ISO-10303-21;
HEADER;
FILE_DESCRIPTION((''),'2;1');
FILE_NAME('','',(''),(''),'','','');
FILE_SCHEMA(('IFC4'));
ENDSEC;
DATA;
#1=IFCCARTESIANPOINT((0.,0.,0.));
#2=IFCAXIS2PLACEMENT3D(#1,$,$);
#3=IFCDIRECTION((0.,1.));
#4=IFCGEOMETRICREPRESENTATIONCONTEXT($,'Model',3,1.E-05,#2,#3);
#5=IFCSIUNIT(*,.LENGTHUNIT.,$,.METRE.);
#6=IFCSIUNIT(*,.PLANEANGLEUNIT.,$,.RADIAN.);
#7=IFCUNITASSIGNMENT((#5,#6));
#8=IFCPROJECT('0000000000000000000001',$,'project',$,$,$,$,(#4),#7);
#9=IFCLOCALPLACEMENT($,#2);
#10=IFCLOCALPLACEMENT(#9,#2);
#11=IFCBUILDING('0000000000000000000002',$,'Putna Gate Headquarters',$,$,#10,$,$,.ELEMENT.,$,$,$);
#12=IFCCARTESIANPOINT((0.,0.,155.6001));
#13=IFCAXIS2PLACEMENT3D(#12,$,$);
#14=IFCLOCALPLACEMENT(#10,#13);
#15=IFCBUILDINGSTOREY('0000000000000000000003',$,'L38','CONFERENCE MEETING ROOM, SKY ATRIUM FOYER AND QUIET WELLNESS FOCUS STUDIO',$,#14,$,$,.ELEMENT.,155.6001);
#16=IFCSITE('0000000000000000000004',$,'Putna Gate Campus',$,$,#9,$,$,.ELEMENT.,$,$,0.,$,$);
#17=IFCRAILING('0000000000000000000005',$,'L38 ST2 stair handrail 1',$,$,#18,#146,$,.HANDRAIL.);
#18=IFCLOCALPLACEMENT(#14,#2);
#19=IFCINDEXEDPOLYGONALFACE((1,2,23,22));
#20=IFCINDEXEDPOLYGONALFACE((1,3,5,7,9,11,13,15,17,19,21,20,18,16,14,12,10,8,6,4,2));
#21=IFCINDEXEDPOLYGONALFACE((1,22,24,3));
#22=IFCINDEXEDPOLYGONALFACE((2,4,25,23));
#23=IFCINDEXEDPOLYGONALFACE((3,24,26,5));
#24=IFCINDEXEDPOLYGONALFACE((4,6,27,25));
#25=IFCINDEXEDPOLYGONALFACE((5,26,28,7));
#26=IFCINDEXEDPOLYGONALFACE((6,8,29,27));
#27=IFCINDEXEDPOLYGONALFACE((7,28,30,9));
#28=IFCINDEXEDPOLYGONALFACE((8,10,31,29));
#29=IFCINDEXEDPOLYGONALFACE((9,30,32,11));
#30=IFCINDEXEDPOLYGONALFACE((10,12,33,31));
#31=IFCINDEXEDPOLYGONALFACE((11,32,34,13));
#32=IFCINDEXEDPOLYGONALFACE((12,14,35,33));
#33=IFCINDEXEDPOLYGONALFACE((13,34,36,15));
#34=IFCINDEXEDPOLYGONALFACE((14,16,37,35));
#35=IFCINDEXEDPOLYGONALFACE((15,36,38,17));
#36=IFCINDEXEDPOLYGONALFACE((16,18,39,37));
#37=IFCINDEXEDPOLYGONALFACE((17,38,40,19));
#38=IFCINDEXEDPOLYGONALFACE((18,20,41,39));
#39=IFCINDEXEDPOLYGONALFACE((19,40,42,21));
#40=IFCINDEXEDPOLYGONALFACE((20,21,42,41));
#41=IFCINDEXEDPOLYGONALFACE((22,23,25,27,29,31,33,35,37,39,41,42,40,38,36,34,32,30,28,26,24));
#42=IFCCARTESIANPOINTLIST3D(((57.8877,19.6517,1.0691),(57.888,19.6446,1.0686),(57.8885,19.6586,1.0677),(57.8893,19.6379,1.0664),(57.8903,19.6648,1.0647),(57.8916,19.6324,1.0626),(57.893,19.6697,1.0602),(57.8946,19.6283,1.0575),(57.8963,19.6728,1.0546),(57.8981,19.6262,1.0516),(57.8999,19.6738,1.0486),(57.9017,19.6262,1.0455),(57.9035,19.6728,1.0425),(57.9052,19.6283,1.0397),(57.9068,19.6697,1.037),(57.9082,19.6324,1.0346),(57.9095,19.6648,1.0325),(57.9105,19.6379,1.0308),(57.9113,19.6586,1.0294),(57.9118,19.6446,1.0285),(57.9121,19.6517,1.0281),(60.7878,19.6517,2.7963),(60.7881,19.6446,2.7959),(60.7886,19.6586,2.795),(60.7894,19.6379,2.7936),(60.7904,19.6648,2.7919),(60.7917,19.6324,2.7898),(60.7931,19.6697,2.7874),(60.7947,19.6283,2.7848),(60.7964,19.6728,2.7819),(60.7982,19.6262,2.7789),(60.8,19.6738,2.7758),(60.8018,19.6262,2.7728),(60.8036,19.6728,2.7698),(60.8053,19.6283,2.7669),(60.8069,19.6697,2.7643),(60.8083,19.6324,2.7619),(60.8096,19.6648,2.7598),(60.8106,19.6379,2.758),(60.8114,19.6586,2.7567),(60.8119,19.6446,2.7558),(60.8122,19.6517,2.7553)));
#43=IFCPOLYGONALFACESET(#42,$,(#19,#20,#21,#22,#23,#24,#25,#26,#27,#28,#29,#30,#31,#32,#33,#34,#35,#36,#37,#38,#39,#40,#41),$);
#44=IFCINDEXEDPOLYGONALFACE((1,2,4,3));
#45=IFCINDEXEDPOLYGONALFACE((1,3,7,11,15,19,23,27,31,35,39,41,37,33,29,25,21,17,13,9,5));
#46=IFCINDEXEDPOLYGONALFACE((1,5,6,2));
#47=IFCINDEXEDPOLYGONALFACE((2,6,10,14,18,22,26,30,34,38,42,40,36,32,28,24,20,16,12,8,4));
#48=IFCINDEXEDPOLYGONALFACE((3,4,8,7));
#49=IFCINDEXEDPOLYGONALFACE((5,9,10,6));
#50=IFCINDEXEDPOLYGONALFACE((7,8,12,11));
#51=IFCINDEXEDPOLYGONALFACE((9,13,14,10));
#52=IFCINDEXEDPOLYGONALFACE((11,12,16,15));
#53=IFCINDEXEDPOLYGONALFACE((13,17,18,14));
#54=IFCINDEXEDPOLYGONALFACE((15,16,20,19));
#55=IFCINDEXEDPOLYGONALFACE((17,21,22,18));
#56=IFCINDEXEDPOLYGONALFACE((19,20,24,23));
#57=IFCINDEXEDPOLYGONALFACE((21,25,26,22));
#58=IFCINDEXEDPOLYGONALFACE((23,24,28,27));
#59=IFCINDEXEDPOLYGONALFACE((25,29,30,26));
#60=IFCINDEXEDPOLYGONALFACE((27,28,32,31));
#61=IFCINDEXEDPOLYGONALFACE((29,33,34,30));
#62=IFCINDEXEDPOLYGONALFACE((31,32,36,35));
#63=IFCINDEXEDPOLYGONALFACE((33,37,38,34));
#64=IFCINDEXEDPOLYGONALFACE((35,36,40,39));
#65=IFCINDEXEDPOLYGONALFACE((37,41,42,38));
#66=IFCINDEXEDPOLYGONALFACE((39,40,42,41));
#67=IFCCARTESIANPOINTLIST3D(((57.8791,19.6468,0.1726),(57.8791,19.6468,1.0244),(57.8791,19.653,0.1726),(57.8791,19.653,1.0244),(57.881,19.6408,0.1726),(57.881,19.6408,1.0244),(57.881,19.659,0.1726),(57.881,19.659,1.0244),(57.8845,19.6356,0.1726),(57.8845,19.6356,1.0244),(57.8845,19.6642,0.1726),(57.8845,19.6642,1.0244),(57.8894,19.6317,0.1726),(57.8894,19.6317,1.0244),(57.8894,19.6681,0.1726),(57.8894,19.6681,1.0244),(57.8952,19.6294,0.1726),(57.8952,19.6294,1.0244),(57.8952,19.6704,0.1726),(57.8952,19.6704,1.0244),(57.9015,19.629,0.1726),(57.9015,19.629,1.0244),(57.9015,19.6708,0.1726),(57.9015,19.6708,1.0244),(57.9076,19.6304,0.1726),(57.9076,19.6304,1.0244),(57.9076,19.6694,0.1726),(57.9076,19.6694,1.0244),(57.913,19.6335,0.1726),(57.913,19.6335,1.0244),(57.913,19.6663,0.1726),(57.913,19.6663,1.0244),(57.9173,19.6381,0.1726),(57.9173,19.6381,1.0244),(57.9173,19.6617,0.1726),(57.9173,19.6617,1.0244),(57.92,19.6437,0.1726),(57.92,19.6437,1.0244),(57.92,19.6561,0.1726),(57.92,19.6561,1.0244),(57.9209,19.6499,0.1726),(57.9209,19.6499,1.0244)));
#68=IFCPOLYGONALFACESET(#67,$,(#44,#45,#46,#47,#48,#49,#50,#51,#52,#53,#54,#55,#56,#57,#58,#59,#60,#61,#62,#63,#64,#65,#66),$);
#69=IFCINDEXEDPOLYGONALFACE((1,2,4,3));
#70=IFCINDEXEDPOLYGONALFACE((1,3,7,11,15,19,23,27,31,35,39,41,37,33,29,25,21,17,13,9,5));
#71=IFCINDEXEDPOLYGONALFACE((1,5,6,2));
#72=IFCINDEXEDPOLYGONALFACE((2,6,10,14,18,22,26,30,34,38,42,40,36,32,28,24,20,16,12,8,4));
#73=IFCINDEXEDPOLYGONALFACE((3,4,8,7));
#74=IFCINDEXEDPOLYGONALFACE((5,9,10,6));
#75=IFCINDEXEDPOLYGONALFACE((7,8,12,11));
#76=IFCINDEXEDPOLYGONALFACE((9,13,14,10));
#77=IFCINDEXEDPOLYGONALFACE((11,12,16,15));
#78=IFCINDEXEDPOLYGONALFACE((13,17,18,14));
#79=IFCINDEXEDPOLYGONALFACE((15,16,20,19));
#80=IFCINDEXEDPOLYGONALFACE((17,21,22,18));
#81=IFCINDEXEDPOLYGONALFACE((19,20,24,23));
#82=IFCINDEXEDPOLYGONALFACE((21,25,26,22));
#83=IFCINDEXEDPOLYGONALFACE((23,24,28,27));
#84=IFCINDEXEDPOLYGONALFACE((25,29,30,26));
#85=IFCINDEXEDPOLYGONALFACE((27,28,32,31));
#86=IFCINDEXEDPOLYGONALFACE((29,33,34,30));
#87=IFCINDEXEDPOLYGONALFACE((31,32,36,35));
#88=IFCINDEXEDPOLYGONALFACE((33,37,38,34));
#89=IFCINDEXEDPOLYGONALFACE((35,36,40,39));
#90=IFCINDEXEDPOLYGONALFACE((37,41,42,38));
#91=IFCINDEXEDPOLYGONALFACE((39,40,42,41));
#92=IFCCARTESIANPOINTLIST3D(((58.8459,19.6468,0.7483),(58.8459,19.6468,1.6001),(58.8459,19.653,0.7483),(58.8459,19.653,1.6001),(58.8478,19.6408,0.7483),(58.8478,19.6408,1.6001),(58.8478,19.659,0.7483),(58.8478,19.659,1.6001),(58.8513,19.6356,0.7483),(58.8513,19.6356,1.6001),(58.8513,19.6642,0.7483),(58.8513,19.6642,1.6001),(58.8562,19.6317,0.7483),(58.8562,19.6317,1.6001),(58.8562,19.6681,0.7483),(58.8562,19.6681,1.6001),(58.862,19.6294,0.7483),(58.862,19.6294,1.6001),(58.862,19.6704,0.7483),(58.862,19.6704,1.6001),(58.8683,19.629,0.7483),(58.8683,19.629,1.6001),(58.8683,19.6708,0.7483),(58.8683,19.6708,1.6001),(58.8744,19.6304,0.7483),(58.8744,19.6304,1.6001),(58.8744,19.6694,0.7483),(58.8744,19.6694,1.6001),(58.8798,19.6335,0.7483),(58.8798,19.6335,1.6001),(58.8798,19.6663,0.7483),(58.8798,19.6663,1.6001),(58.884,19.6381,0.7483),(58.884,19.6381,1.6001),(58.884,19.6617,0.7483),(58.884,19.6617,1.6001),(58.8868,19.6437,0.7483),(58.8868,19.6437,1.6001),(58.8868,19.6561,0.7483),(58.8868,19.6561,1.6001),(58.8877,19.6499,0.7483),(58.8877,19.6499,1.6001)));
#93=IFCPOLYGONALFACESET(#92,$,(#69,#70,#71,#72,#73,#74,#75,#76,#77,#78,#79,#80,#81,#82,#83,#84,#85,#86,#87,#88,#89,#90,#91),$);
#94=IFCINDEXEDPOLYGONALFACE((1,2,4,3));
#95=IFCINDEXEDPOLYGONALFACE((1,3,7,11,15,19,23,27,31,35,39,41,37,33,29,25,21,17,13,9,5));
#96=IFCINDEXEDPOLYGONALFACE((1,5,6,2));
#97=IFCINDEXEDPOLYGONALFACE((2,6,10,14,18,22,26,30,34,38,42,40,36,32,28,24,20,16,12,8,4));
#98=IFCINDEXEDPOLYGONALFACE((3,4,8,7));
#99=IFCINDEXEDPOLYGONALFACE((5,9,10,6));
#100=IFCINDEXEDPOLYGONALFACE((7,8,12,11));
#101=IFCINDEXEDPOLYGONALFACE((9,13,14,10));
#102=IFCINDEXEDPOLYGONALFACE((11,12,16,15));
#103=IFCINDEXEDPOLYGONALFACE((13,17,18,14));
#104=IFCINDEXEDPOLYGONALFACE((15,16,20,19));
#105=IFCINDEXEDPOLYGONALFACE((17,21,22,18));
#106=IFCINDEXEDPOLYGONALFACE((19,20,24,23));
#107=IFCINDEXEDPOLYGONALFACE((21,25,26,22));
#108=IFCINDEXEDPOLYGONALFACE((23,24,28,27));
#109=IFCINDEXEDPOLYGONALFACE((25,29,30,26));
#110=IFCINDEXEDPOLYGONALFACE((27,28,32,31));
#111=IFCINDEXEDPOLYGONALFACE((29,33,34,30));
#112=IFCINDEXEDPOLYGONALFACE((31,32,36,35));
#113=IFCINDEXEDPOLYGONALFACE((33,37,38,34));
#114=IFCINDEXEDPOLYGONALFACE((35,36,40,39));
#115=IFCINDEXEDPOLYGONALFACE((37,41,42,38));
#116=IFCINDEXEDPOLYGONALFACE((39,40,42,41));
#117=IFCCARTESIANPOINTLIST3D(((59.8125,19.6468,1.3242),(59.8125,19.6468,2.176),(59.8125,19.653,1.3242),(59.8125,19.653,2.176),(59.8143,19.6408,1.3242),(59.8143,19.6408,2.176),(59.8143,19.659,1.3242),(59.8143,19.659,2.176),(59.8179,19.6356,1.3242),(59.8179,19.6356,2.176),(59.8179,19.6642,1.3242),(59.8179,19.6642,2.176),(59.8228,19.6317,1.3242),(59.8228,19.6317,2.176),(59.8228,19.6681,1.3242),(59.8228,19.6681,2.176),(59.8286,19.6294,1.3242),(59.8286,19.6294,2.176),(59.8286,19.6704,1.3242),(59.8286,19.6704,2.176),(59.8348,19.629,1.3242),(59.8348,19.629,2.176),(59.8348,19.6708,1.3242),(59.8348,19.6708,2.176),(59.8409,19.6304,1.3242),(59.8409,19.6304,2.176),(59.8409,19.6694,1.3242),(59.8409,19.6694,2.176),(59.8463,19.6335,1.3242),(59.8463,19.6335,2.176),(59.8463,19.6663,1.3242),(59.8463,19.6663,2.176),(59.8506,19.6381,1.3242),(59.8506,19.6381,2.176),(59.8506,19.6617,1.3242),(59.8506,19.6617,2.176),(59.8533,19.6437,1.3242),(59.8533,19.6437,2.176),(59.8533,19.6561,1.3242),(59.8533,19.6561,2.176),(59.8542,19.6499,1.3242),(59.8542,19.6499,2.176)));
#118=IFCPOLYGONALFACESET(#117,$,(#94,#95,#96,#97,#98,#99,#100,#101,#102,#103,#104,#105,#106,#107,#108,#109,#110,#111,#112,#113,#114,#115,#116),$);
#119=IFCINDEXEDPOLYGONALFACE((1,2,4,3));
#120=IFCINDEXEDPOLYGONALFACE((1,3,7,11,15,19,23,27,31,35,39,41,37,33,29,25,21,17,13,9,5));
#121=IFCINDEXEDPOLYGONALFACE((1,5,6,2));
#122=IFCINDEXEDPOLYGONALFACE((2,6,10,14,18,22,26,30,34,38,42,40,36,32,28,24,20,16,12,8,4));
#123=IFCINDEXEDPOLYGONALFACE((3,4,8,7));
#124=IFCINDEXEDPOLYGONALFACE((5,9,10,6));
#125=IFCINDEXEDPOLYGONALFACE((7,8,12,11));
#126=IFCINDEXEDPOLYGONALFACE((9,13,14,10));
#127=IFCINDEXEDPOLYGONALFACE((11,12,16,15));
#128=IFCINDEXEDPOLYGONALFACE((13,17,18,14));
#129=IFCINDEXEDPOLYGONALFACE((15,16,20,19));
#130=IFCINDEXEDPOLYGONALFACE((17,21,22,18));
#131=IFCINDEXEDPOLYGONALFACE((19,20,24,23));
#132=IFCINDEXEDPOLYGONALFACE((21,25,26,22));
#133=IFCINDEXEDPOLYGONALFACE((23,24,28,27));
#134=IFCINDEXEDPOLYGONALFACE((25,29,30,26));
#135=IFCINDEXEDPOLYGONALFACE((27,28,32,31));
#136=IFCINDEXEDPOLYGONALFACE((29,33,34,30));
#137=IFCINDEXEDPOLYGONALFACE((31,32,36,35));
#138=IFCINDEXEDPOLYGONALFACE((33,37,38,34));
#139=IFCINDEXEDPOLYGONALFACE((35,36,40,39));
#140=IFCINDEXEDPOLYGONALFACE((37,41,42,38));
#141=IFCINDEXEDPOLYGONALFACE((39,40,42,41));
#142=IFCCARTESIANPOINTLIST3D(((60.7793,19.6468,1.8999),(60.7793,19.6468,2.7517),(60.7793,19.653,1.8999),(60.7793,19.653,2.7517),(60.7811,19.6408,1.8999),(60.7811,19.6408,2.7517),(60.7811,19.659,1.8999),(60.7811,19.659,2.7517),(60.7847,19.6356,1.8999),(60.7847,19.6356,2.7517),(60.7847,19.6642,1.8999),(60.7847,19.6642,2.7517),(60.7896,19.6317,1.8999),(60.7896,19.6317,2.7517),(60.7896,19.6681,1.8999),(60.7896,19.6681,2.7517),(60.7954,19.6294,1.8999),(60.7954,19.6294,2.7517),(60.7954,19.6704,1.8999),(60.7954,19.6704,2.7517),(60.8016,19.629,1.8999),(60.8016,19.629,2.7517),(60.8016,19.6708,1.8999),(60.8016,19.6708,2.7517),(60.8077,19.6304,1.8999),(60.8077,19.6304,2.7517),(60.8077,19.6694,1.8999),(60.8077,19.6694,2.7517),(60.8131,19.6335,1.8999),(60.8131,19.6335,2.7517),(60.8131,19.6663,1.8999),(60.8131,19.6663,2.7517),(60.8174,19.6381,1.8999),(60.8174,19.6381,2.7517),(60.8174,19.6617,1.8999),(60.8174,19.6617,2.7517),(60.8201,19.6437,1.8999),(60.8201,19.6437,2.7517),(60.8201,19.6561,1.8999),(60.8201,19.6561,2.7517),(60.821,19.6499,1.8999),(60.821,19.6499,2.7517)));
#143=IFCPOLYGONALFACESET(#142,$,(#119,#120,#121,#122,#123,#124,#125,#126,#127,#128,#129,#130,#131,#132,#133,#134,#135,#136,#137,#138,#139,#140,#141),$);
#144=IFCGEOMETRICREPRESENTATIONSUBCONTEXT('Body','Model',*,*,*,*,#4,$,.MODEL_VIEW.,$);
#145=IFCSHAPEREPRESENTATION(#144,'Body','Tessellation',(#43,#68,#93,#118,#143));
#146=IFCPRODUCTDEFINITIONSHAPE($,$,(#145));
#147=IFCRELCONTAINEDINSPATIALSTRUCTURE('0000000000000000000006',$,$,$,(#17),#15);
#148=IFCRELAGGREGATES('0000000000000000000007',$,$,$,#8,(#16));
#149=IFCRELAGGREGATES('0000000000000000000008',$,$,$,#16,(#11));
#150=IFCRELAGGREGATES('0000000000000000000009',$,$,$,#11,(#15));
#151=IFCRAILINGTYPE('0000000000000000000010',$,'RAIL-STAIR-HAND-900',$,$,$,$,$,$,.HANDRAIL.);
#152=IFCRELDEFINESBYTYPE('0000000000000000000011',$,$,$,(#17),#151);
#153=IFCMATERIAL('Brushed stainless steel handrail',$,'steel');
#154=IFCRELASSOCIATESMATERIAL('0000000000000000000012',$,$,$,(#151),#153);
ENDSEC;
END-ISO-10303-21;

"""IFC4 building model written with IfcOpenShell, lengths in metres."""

from ifc_helpers import new_model, si_unit, direction, frame, origin, origin_2d, place, context, subcontext, project, spatial, circle, extrude, material, type_object, element, save


model = new_model("IFC4")

# Units and contexts
model_context = context("Model", 3, precision=1e-05, world=origin(), true_north=direction((0.0, 1.0)))
body_context = subcontext(model_context, "Body", "Model", "MODEL_VIEW")
ifc_project = project(units=[si_unit("LENGTHUNIT", "METRE"), si_unit("PLANEANGLEUNIT", "RADIAN")], contexts=[model_context])

# Site, building, storey
site_placement = place(None, origin())
site = spatial("IfcSite", under=ifc_project, at=site_placement, Name="Putna Gate Campus", CompositionType="ELEMENT", RefElevation=0.0)
building_placement = place(site_placement, origin())
building = spatial("IfcBuilding", under=site, at=building_placement, Name="Putna Gate Headquarters", CompositionType="ELEMENT")
storey_placement = place(building_placement, frame((0.0, 0.0, 155.6001)))
storey = spatial("IfcBuildingStorey", under=building, at=storey_placement, Name="L38", Description="CONFERENCE MEETING ROOM, SKY ATRIUM FOYER AND QUIET WELLNESS FOCUS STUDIO", CompositionType="ELEMENT", Elevation=155.6001)

# Railing
ifc_material_1 = material(Name="Brushed stainless steel handrail", Category="steel")
railing_type_1 = type_object("IfcRailingType", Name="RAIL-STAIR-HAND-900", PredefinedType="HANDRAIL", material=ifc_material_1)
railing_1_placement = place(storey_placement, frame((57.8999, 19.6499, 0.1726)))
element("IfcRailing", 1, at=railing_1_placement, inside=storey, type_object=railing_type_1, Name="L38 ST2 stair handrail 1", PredefinedType="HANDRAIL", context=body_context, shape_type="SweptSolid", body=[
    extrude(circle(Radius=0.0239, at=origin_2d()), frame((0.0, 0.0, 0.876), z_axis=(0.85916, 0.0, 0.511706), x_axis=(0.0, 1.0, 0.0)), (0.0, 0.0, 1.0), 3.3755),
    extrude(circle(Radius=0.021, at=origin_2d()), origin(), (0.0, 0.0, 1.0), 0.8518),
    extrude(circle(Radius=0.021, at=origin_2d()), frame((0.9668, 0.0, 0.5757)), (0.0, 0.0, 1.0), 0.8518),
    extrude(circle(Radius=0.021, at=origin_2d()), frame((1.9333, 0.0, 1.1516)), (0.0, 0.0, 1.0), 0.8518),
    extrude(circle(Radius=0.021, at=origin_2d()), frame((2.9001, 0.0, 1.7273)), (0.0, 0.0, 1.0), 0.8518),
])

save(model, "model.ifc")
